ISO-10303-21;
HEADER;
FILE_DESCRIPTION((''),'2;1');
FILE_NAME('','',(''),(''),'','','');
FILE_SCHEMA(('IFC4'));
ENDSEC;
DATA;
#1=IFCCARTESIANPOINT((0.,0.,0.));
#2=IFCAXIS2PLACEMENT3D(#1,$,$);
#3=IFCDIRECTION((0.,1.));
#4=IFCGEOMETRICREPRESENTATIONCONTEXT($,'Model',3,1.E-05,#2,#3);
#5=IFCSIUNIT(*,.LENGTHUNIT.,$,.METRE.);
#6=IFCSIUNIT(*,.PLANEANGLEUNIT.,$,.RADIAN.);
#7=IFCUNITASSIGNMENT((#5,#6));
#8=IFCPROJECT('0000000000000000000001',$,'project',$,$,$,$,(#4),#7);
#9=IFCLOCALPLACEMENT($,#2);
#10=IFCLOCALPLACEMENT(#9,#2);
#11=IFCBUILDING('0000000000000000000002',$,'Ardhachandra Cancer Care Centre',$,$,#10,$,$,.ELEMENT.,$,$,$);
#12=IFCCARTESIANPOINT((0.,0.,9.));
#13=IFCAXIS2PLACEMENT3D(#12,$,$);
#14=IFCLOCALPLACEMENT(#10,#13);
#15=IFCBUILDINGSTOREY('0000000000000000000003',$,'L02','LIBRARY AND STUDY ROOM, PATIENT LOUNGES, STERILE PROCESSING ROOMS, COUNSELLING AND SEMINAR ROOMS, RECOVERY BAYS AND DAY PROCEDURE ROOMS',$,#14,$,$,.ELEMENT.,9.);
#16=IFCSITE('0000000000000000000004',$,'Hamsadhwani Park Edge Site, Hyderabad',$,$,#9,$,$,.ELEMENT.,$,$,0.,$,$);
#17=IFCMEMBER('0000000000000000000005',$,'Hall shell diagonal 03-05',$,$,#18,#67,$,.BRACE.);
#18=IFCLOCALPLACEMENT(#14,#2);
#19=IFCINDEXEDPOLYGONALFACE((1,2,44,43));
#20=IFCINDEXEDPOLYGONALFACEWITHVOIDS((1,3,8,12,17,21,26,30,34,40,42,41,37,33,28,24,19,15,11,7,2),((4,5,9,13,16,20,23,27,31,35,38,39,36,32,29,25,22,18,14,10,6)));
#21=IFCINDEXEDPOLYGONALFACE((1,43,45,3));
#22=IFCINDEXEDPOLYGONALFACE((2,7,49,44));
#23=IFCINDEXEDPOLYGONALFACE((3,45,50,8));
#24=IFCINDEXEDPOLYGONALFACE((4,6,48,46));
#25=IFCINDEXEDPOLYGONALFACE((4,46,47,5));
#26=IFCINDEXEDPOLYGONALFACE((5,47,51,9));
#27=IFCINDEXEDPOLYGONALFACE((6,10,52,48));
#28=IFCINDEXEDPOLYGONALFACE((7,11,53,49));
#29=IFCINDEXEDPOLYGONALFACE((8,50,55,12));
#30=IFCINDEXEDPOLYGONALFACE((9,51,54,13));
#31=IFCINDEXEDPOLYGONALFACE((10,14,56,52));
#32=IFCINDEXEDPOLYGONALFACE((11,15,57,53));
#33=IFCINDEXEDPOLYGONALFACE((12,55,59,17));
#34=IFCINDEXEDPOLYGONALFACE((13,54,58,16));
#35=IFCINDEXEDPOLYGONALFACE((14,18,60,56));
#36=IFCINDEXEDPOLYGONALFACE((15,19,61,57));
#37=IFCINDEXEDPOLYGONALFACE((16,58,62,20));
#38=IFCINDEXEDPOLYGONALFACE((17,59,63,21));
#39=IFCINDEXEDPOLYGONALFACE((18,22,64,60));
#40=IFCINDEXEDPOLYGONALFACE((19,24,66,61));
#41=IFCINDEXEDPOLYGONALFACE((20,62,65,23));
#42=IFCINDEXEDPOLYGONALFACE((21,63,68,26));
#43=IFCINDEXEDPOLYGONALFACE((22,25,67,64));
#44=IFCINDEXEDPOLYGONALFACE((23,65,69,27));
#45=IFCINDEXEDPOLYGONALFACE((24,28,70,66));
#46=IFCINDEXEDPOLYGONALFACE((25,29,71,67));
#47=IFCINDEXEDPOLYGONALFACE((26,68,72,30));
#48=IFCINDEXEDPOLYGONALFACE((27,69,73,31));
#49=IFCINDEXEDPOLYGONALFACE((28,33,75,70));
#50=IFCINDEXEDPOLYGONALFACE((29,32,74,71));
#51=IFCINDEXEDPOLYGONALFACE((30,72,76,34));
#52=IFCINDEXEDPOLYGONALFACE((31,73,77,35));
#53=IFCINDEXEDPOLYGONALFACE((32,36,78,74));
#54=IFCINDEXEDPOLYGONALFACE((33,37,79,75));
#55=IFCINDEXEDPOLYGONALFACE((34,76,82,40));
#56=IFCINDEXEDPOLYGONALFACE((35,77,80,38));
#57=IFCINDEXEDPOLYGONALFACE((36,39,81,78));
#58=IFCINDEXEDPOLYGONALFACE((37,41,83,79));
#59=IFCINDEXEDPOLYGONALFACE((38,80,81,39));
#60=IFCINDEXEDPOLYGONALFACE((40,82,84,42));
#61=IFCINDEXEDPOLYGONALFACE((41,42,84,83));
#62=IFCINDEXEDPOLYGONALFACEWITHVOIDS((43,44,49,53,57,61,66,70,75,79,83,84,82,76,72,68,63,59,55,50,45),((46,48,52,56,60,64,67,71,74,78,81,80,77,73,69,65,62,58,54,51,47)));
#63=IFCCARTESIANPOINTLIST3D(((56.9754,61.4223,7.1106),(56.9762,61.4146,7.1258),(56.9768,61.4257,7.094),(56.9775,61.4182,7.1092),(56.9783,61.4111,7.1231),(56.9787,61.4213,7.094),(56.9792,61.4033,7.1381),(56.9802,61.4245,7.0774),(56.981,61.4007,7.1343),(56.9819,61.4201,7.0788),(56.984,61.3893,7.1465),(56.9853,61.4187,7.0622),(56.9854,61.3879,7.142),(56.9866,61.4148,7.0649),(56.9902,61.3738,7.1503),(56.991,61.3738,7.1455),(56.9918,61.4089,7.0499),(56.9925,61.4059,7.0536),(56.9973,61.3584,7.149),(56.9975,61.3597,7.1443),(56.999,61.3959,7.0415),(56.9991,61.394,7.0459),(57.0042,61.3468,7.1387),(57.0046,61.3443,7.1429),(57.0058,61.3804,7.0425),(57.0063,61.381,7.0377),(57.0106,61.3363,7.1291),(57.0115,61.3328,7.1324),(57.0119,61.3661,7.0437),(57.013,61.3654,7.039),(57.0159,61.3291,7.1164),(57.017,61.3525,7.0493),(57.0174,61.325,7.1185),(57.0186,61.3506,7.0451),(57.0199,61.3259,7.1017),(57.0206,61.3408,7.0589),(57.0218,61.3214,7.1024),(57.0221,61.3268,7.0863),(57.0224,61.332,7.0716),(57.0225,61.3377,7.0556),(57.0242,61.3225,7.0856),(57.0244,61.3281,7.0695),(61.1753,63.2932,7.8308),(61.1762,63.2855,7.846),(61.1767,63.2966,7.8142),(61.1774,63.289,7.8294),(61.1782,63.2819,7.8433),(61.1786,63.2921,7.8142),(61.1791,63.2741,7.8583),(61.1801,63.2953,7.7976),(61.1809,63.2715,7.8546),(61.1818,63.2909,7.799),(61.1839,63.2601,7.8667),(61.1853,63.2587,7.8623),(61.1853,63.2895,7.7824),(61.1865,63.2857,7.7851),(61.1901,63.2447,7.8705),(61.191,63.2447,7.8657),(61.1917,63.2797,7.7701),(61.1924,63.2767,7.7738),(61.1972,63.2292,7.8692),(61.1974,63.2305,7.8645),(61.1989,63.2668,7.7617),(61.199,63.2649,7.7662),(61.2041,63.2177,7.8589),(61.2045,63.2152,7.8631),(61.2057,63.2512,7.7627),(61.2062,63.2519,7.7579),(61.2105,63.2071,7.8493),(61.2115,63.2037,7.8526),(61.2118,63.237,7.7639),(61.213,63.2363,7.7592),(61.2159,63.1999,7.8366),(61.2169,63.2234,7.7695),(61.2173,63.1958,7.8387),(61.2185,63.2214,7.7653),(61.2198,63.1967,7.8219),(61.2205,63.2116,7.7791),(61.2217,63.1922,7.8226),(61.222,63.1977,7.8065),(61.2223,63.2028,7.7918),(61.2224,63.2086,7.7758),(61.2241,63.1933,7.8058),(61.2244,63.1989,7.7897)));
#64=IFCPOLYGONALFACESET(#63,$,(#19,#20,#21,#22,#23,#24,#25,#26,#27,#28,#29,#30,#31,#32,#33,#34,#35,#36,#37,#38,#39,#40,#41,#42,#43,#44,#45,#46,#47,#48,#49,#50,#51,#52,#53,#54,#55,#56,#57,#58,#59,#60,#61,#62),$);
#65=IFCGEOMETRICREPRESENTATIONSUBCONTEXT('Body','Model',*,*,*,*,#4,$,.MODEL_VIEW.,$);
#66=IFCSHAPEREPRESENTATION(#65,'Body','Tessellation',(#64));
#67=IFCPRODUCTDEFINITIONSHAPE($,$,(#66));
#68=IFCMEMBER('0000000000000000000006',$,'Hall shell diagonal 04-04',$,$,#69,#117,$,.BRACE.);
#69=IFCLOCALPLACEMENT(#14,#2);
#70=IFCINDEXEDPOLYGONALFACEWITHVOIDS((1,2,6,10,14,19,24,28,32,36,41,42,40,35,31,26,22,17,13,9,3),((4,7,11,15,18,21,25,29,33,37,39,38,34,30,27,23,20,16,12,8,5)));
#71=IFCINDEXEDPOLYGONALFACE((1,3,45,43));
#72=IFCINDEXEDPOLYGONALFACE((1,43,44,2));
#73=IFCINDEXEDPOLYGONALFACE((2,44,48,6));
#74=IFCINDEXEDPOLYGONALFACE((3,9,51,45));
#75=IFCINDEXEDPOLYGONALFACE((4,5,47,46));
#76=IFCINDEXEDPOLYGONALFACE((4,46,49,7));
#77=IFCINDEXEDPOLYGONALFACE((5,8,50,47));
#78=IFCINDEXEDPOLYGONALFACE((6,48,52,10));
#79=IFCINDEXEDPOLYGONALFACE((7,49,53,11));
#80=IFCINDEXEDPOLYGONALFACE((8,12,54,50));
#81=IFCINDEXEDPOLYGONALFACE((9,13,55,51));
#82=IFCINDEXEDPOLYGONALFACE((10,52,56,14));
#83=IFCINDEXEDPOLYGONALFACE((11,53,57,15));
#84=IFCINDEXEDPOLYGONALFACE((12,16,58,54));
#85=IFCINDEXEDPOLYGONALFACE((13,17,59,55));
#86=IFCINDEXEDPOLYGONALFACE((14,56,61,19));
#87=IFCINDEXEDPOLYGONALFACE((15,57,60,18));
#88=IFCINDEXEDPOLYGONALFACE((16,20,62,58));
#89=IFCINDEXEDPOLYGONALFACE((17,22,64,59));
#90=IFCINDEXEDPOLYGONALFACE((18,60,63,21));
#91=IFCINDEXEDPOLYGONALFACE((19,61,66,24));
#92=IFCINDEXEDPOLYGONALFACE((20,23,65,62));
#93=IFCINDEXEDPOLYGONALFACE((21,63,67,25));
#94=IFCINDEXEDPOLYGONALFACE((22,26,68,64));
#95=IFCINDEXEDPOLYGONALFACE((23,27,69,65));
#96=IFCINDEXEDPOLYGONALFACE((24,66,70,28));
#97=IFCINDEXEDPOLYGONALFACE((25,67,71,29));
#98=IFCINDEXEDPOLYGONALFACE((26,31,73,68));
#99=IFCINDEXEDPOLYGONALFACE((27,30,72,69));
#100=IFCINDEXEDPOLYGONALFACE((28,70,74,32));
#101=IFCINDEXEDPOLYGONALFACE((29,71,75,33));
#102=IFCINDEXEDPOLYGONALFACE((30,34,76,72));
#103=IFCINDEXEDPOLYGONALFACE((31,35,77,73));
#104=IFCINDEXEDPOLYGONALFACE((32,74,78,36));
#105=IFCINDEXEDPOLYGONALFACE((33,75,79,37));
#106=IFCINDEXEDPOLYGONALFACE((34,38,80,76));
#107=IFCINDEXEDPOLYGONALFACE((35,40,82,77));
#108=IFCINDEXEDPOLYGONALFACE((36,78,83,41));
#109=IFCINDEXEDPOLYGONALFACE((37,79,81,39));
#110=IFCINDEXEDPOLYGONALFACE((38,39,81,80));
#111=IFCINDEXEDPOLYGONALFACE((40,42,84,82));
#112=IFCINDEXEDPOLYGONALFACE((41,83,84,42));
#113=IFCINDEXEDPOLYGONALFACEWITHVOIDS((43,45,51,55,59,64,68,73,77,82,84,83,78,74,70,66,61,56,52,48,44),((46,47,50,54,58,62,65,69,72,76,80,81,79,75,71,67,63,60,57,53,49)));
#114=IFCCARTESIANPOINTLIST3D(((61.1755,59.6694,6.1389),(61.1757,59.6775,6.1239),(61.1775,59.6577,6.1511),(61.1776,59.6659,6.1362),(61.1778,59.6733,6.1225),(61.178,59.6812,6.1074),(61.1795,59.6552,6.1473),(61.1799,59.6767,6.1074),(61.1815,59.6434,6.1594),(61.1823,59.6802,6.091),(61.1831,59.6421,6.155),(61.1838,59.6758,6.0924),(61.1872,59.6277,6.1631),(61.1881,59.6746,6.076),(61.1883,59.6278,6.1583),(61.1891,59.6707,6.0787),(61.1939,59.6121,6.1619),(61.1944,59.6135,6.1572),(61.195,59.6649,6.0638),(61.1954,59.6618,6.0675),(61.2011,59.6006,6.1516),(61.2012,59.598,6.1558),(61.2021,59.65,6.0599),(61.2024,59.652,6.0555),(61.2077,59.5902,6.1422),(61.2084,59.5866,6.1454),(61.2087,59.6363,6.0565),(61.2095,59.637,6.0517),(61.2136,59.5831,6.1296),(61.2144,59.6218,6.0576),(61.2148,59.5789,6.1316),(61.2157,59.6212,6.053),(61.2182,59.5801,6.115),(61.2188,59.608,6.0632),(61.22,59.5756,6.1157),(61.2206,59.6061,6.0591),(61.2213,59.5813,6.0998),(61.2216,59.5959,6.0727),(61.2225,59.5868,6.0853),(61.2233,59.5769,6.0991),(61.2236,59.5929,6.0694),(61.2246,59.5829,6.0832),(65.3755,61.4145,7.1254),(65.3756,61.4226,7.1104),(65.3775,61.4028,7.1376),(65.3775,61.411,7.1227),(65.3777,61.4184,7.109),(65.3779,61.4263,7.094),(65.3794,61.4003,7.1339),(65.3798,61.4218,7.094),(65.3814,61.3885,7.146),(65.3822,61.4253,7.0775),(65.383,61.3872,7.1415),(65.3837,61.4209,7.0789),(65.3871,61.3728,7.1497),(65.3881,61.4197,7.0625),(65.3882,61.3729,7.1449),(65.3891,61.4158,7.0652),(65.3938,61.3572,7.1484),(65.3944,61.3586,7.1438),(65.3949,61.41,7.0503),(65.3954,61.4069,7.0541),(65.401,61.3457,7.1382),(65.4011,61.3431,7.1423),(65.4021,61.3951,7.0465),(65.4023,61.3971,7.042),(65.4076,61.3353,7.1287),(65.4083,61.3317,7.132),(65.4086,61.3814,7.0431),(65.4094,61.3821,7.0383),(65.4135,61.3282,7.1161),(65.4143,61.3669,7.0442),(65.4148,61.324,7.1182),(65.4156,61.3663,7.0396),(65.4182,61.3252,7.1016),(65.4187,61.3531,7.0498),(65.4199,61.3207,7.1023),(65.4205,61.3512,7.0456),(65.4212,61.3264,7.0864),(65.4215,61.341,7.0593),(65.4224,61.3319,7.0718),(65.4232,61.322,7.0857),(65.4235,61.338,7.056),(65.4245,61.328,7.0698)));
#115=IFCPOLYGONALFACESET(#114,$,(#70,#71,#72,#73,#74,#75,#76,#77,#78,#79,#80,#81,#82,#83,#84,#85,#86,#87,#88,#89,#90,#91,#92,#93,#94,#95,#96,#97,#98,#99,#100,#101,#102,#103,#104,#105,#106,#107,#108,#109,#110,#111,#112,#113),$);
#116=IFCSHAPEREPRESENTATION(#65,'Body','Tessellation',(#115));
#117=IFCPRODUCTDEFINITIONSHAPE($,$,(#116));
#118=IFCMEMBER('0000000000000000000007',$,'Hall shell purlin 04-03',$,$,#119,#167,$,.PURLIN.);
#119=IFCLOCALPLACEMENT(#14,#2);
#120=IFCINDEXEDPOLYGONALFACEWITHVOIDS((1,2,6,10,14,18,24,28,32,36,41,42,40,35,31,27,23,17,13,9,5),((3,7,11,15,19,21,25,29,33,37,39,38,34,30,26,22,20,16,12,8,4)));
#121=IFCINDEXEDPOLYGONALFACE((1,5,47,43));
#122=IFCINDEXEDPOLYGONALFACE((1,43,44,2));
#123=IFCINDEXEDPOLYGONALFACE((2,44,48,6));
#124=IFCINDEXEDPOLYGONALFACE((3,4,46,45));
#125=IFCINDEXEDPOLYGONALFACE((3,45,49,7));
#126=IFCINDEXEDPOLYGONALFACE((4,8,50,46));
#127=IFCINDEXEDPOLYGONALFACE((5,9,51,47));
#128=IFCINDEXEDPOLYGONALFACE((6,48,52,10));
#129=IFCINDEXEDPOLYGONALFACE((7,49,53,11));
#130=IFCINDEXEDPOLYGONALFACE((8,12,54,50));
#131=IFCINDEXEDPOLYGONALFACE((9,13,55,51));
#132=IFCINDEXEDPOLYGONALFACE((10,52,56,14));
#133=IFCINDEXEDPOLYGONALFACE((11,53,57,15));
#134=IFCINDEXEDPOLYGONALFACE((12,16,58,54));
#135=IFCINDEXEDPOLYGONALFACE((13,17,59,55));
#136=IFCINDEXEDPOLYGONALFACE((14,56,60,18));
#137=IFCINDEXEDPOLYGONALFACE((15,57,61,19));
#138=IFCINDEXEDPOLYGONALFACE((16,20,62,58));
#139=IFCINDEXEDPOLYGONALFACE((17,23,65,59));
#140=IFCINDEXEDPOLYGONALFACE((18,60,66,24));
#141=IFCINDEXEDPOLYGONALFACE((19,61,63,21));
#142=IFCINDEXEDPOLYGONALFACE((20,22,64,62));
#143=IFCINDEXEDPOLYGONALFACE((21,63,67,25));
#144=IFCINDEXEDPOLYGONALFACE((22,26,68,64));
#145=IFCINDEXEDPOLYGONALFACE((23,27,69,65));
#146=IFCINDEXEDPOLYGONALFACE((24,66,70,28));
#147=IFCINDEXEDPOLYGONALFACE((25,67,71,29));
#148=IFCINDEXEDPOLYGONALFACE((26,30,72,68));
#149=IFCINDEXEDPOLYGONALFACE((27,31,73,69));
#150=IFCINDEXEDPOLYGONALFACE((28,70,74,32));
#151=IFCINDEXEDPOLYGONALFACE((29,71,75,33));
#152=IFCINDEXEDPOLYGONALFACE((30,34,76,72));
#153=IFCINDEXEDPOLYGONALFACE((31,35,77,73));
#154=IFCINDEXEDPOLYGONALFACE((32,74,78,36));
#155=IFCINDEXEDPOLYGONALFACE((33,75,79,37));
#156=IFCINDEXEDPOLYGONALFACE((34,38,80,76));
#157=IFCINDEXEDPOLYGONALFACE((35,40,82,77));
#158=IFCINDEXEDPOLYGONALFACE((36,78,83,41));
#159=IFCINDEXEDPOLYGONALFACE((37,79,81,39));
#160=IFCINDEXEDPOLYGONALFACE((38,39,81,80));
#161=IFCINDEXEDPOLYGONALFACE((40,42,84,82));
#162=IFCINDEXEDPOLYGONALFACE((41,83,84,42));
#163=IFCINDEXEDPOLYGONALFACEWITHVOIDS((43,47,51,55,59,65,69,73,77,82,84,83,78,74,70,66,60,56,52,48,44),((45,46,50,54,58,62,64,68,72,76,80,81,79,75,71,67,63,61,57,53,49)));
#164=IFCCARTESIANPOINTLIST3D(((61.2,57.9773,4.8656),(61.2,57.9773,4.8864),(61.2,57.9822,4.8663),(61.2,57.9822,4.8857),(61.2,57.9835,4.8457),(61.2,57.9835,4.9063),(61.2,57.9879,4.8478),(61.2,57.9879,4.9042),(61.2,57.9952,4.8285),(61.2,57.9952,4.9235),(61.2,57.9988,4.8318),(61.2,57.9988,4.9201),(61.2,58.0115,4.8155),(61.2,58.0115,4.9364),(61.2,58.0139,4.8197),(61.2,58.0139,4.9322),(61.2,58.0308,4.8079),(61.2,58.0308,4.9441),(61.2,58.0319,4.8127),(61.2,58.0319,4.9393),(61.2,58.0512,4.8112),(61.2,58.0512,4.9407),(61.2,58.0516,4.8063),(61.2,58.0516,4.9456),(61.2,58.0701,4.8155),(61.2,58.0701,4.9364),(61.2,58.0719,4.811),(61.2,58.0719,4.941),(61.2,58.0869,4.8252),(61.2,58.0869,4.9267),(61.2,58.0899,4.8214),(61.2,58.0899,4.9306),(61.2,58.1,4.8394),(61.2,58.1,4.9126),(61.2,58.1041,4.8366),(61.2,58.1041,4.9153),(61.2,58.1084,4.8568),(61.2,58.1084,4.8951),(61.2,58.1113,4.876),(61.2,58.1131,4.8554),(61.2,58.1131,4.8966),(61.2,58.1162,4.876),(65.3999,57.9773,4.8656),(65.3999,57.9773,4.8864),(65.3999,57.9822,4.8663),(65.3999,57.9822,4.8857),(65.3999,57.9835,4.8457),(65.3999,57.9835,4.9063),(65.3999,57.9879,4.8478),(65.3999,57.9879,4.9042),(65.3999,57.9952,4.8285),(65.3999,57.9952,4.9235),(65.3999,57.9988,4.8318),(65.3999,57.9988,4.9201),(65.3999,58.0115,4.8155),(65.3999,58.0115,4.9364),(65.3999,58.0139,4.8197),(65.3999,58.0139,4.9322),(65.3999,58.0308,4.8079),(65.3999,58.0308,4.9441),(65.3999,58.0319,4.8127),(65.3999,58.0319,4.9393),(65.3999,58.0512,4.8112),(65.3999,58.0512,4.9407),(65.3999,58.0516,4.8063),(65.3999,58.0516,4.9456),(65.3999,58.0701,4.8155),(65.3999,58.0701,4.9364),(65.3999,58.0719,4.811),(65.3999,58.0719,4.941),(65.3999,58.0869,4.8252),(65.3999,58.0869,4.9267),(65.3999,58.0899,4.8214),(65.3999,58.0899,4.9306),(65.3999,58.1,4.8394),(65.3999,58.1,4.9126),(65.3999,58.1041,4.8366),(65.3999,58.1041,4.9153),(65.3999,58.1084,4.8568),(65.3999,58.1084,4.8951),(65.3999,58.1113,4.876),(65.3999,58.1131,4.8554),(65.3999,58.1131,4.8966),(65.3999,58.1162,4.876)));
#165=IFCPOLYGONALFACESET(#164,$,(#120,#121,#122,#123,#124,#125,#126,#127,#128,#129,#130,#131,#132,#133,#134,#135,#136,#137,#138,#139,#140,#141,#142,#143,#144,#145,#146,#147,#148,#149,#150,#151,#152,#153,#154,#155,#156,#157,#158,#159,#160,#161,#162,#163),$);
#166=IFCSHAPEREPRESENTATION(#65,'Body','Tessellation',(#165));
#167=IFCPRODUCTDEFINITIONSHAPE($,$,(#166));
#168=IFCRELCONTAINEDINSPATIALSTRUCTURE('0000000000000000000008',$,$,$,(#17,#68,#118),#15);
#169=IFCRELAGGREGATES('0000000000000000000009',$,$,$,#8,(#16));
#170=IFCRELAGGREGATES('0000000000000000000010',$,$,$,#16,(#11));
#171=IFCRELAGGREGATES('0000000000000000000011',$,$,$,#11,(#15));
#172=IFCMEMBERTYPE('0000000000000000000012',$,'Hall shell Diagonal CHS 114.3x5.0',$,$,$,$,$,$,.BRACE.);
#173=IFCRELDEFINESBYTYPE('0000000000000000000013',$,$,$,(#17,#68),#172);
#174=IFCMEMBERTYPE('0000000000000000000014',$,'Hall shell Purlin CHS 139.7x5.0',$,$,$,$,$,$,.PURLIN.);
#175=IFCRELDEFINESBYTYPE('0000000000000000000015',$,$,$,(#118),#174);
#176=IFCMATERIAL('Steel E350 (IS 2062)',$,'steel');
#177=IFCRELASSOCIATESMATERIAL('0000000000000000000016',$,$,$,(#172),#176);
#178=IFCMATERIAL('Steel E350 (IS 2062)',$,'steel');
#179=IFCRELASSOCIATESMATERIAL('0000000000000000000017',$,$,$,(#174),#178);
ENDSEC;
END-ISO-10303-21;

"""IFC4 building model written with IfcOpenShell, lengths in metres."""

from ifc_helpers import new_model, si_unit, direction, frame, origin, origin_2d, place, context, subcontext, project, spatial, hollow_circle, extrude, material, material_profile, profile_set, type_object, element, save


model = new_model("IFC4")

# Units and contexts
model_context = context("Model", 3, precision=1e-05, world=origin(), true_north=direction((0.0, 1.0)))
body_context = subcontext(model_context, "Body", "Model", "MODEL_VIEW")
ifc_project = project(units=[si_unit("LENGTHUNIT", "METRE"), si_unit("PLANEANGLEUNIT", "RADIAN")], contexts=[model_context])

# Site, building, storey
site_placement = place(None, origin())
site = spatial("IfcSite", under=ifc_project, at=site_placement, Name="Hamsadhwani Park Edge Site, Hyderabad", CompositionType="ELEMENT", RefElevation=0.0)
building_placement = place(site_placement, origin())
building = spatial("IfcBuilding", under=site, at=building_placement, Name="Ardhachandra Cancer Care Centre", CompositionType="ELEMENT")
storey_placement = place(building_placement, frame((0.0, 0.0, 9.0)))
storey = spatial("IfcBuildingStorey", under=building, at=storey_placement, Name="L02", Description="LIBRARY AND STUDY ROOM, PATIENT LOUNGES, STERILE PROCESSING ROOMS, COUNSELLING AND SEMINAR ROOMS, RECOVERY BAYS AND DAY PROCEDURE ROOMS", CompositionType="ELEMENT", Elevation=9.0)

# Members
ifc_material_1 = material(Name="Steel E350 (IS 2062)", Category="steel")
ifc_material_profile_1 = material_profile(ifc_material_1, hollow_circle(Radius=0.0571, WallThickness=0.0049, at=origin_2d()), Name="CHS 114.3x5.0")
ifc_profile_set_1 = profile_set([ifc_material_profile_1], Name="Steel E350 (IS 2062)")
member_type_1 = type_object("IfcMemberType", Name="Hall shell Diagonal CHS 114.3x5.0", PredefinedType="BRACE", material=ifc_profile_set_1)
for number, where, z_axis, x_axis, name in (
    (1, (57.0, 61.3735, 7.094), (0.902467, 0.402, 0.154757), (-0.406902, 0.913472, 0.0), "Hall shell diagonal 03-05"),
    (2, (61.2, 59.6284, 6.1074), (0.902467, 0.374983, 0.21199), (-0.383704, 0.923456, 0.0), "Hall shell diagonal 04-04"),
):
    element("IfcMember", number, at=place(storey_placement, frame(where, z_axis=z_axis, x_axis=x_axis)), inside=storey, type_object=member_type_1, Name=name, PredefinedType="BRACE", context=body_context, shape_type="SweptSolid", body=[
        extrude(hollow_circle(Radius=0.0571, WallThickness=0.0049, at=origin_2d()), origin(), (0.0, 0.0, 1.0), 4.6538),
    ])
ifc_material_2 = material(Name="Steel E350 (IS 2062)", Category="steel")
ifc_material_profile_2 = material_profile(ifc_material_2, hollow_circle(Radius=0.0698, WallThickness=0.0049, at=origin_2d()), Name="CHS 139.7x5.0")
ifc_profile_set_2 = profile_set([ifc_material_profile_2], Name="Steel E350 (IS 2062)")
member_type_2 = type_object("IfcMemberType", Name="Hall shell Purlin CHS 139.7x5.0", PredefinedType="PURLIN", material=ifc_profile_set_2)
for number, where, z_axis, x_axis, name in (
    (3, (61.2, 58.0464, 4.876), (1.0, 0.0, 0.0), (0.0, 1.0, 0.0), "Hall shell purlin 04-03"),
):
    element("IfcMember", number, at=place(storey_placement, frame(where, z_axis=z_axis, x_axis=x_axis)), inside=storey, type_object=member_type_2, Name=name, PredefinedType="PURLIN", context=body_context, shape_type="SweptSolid", body=[
        extrude(hollow_circle(Radius=0.0698, WallThickness=0.0049, at=origin_2d()), origin(), (0.0, 0.0, 1.0), 4.2),
    ])

save(model, "model.ifc")
